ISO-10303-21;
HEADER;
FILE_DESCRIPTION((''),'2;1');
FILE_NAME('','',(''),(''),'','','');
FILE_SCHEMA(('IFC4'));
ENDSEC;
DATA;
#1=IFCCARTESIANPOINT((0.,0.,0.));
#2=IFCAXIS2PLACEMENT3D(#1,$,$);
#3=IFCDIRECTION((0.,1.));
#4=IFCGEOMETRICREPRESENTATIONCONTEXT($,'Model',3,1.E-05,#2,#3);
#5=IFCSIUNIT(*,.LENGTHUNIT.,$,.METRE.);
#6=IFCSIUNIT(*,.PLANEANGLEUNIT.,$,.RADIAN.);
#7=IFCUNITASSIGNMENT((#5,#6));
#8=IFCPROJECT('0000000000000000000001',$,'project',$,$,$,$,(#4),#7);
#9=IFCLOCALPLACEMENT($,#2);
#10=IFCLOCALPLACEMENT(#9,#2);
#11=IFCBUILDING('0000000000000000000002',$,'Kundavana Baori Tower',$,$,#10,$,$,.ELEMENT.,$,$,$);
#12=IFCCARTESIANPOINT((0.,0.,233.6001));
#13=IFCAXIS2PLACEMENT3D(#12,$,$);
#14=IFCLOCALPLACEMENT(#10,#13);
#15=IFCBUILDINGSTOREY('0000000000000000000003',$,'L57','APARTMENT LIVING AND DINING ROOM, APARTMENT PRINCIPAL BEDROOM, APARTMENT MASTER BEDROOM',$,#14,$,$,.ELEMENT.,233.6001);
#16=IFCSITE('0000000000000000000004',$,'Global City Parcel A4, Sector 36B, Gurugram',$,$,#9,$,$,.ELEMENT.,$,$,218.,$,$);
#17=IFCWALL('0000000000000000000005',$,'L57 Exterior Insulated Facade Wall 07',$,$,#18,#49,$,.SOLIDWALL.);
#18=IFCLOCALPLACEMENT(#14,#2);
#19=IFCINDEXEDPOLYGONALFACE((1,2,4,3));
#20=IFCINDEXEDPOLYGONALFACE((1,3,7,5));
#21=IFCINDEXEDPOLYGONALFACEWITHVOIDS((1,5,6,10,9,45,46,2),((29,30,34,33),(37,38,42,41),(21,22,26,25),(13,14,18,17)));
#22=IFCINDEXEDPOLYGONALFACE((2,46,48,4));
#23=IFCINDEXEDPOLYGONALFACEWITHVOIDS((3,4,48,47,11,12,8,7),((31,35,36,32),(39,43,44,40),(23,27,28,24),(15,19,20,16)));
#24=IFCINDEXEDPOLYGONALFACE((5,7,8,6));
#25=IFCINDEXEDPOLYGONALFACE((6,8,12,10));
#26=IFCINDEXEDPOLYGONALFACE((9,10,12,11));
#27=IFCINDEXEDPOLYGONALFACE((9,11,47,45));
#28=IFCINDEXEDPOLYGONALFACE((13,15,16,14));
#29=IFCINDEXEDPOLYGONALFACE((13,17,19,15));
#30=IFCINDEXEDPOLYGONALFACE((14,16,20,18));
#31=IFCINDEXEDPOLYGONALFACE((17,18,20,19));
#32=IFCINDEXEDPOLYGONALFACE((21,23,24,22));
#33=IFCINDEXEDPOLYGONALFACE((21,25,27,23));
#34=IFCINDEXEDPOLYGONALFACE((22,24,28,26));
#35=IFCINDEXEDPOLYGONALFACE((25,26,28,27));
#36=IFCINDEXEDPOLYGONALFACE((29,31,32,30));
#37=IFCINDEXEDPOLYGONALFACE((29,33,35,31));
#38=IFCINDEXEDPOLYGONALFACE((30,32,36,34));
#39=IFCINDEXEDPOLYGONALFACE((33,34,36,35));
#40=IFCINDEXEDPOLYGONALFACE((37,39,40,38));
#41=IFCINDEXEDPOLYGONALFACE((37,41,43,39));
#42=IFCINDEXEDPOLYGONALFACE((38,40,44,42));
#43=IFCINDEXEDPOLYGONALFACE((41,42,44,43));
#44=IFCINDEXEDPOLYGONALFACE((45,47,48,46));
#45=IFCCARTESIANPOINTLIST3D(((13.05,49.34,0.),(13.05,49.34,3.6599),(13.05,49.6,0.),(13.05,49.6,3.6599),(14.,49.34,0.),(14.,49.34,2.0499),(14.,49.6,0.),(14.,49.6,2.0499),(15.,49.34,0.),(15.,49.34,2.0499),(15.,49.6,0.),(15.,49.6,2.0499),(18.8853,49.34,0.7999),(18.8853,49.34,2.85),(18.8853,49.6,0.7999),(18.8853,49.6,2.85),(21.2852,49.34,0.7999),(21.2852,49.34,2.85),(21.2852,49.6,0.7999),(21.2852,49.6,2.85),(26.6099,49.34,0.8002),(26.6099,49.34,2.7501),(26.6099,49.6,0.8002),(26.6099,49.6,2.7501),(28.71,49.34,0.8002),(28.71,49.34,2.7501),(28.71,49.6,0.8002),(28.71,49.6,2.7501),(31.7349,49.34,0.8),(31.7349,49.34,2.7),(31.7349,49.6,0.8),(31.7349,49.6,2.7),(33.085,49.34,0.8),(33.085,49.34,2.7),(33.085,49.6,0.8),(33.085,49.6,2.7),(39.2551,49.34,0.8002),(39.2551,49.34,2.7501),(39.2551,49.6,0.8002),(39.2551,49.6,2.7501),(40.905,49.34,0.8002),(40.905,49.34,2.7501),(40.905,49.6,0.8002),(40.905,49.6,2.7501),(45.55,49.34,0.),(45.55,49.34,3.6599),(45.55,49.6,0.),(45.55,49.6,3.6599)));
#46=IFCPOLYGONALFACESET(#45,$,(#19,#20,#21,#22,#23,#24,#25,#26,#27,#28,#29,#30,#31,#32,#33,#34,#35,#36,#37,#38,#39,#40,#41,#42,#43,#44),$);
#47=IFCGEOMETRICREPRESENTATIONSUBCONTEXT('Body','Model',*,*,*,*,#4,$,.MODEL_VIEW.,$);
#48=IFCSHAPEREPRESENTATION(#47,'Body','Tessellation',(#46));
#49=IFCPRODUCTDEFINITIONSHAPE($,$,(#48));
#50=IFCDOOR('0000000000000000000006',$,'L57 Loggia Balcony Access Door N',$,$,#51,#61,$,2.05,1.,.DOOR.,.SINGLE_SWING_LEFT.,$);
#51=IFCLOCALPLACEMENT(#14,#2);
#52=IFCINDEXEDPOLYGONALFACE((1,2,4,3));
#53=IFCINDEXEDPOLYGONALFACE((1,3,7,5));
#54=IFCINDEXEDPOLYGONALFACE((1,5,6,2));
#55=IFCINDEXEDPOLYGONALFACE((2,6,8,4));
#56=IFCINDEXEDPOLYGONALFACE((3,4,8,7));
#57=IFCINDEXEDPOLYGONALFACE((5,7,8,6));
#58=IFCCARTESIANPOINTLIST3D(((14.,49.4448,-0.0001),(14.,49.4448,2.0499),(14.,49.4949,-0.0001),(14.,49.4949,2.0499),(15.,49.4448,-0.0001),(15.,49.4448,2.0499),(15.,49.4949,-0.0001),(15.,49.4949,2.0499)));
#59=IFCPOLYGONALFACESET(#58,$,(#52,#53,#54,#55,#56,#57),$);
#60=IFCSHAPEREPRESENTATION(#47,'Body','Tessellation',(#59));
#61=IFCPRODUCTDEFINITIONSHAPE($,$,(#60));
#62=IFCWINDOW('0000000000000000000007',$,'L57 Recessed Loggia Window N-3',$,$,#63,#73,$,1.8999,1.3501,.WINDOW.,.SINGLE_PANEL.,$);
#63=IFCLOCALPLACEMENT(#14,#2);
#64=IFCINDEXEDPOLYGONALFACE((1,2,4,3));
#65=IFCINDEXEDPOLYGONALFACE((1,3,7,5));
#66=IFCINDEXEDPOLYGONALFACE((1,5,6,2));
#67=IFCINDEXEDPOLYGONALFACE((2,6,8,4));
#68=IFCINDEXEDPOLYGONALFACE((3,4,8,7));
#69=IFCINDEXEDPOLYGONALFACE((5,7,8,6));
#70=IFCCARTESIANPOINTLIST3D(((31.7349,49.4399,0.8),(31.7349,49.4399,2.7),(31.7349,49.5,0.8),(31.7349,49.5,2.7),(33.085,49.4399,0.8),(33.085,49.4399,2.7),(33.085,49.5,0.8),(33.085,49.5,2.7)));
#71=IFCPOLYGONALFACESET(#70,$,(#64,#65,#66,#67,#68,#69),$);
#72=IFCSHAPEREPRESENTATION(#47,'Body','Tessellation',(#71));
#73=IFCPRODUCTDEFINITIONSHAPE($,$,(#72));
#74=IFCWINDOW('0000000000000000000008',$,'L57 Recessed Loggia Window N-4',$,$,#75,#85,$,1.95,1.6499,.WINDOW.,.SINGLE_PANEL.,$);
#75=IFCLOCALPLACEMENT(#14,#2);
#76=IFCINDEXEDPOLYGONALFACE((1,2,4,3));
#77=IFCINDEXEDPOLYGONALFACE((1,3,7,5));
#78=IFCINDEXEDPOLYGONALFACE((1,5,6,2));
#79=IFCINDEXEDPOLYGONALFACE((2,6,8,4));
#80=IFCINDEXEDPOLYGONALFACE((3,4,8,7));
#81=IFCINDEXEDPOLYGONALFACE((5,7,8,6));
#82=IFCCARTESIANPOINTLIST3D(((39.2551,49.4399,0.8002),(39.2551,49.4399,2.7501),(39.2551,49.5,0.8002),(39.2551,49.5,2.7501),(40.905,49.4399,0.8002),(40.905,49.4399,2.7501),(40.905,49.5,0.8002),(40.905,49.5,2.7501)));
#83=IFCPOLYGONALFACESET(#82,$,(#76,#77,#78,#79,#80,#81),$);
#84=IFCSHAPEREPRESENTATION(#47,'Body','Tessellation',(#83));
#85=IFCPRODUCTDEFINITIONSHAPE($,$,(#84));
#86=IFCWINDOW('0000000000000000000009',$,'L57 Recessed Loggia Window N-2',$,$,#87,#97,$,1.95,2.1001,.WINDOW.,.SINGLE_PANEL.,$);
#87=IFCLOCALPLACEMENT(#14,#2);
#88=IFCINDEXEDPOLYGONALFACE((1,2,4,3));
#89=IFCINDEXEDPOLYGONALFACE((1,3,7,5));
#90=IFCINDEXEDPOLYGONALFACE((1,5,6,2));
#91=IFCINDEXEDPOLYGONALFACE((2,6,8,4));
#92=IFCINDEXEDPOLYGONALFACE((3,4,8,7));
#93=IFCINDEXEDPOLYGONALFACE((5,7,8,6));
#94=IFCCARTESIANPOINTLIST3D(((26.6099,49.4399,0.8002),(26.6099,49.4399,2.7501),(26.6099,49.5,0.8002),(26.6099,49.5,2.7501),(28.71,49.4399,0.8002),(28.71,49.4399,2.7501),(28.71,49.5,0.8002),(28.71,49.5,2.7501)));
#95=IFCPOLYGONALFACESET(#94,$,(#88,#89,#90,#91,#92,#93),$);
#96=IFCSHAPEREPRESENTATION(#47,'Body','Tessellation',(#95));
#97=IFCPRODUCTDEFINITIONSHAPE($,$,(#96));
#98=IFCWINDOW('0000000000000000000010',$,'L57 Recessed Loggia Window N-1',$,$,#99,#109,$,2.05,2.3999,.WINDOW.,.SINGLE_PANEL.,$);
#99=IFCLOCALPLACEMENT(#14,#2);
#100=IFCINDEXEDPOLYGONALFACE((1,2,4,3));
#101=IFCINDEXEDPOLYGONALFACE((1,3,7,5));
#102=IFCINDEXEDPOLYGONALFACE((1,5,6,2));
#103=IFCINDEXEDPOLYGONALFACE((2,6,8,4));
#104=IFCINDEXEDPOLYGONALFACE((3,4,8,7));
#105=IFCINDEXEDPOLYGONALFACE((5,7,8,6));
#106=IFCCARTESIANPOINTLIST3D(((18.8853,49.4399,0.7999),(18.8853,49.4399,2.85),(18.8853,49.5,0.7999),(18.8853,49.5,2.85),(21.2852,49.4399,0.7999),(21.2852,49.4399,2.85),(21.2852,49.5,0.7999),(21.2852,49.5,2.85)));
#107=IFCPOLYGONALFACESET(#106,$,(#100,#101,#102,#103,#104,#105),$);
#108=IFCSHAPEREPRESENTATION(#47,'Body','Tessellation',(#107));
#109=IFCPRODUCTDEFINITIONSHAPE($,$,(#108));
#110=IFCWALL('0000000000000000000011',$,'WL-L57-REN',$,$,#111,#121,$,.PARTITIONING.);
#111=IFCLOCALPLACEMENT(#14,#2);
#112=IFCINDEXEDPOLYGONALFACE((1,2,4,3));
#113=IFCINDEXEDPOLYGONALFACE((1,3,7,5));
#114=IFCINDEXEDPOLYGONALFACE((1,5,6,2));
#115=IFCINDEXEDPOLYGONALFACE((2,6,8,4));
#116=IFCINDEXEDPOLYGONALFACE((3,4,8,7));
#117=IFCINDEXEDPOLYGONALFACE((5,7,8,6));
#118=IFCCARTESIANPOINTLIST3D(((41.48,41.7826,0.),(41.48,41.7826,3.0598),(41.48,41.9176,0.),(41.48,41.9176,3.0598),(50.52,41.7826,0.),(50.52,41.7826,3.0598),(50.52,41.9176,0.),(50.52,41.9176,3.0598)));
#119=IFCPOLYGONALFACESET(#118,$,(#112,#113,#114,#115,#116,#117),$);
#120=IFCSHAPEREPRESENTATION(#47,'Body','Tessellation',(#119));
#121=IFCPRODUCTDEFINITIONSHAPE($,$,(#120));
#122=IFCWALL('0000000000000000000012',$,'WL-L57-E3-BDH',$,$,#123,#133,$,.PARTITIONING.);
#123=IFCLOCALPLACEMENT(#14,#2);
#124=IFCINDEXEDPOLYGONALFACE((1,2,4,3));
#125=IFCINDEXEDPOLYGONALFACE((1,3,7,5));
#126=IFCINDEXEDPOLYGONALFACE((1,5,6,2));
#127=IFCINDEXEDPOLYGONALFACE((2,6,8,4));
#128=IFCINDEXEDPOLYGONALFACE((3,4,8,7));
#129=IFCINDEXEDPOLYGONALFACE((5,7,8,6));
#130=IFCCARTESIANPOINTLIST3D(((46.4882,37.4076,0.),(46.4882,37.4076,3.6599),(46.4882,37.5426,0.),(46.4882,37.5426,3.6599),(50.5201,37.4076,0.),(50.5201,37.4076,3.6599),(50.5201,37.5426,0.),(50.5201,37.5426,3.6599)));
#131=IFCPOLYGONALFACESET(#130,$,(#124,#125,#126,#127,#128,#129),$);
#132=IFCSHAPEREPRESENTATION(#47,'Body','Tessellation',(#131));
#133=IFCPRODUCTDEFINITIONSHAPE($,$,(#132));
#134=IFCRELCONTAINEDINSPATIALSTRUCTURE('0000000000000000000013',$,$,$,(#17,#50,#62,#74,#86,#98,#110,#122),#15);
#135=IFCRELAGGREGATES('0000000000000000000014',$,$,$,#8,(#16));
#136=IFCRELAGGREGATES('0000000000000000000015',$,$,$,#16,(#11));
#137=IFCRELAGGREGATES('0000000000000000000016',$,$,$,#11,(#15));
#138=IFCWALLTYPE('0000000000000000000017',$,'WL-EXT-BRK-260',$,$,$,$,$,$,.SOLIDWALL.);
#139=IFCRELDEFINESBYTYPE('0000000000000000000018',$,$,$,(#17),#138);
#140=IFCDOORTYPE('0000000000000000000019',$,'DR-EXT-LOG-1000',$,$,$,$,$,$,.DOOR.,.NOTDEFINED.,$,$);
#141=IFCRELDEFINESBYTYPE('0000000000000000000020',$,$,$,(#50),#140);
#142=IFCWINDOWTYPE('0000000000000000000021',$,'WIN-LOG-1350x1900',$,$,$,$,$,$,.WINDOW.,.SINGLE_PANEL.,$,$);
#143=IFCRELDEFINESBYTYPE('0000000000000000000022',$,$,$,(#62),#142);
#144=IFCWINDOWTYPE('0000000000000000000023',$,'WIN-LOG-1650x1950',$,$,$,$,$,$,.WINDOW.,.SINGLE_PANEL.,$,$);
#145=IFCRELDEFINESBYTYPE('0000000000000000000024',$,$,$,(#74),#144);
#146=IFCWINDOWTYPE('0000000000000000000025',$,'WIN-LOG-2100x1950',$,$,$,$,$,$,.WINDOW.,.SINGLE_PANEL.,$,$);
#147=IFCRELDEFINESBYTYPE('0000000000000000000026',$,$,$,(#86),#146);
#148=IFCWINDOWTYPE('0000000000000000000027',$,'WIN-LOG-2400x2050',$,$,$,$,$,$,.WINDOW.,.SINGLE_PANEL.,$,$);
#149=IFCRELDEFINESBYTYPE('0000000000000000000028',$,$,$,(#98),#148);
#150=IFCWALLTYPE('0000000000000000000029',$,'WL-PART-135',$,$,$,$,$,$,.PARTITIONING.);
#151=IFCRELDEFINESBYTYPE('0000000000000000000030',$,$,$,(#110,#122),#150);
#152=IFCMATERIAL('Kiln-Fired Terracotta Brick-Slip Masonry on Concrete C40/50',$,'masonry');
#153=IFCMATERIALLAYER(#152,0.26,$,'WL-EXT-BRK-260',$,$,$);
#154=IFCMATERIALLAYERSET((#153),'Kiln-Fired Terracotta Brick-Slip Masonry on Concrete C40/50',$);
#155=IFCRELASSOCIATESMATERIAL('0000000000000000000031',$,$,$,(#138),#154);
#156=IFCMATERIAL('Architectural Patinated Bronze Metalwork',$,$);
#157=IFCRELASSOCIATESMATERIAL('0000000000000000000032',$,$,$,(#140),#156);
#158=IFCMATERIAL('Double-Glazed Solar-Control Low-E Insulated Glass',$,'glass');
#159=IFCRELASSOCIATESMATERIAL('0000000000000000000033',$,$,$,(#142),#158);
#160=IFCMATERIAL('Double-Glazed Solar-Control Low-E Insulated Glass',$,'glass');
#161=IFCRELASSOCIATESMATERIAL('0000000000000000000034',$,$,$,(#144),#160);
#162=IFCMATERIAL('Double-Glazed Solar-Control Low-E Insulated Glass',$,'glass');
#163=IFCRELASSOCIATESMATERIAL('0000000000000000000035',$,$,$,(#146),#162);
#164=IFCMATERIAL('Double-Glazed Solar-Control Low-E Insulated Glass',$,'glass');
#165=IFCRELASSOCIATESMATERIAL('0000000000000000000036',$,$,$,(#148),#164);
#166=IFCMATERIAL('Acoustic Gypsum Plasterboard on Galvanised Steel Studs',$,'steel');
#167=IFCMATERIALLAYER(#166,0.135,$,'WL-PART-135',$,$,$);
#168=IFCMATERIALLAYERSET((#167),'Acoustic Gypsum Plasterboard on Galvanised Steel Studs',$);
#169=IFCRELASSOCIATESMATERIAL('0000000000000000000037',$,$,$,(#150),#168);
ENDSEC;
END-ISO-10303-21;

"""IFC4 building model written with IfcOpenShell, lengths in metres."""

from ifc_helpers import new_model, si_unit, direction, frame, frame_2d, origin, place, context, subcontext, project, spatial, rectangle, extrude, material, layer, layer_set, type_object, element, fill, save


model = new_model("IFC4")

# Units and contexts
model_context = context("Model", 3, precision=1e-05, world=origin(), true_north=direction((0.0, 1.0)))
body_context = subcontext(model_context, "Body", "Model", "MODEL_VIEW")
ifc_project = project(units=[si_unit("LENGTHUNIT", "METRE"), si_unit("PLANEANGLEUNIT", "RADIAN")], contexts=[model_context])

# Site, building, storey
site_placement = place(None, origin())
site = spatial("IfcSite", under=ifc_project, at=site_placement, Name="Global City Parcel A4, Sector 36B, Gurugram", CompositionType="ELEMENT", RefElevation=218.0)
building_placement = place(site_placement, origin())
building = spatial("IfcBuilding", under=site, at=building_placement, Name="Kundavana Baori Tower", CompositionType="ELEMENT")
storey_placement = place(building_placement, frame((0.0, 0.0, 233.6001)))
storey = spatial("IfcBuildingStorey", under=building, at=storey_placement, Name="L57", Description="APARTMENT LIVING AND DINING ROOM, APARTMENT PRINCIPAL BEDROOM, APARTMENT MASTER BEDROOM", CompositionType="ELEMENT", Elevation=233.6001)

# Shared definitions
ifc_material_1 = material(Name="Kiln-Fired Terracotta Brick-Slip Masonry on Concrete C40/50", Category="masonry")
ifc_layer_1 = layer(ifc_material_1, 0.26, Name="WL-EXT-BRK-260")
ifc_layer_set_1 = layer_set([ifc_layer_1], Name="Kiln-Fired Terracotta Brick-Slip Masonry on Concrete C40/50")
wall_type_1 = type_object("IfcWallType", Name="WL-EXT-BRK-260", PredefinedType="SOLIDWALL", material=ifc_layer_set_1)

# Wall, openings, door, windows
wall_1_placement = place(storey_placement, frame((45.55, 49.47, 0.0), z_axis=(0.0, 0.0, 1.0), x_axis=(-1.0, 0.0, 0.0)))
wall_1 = element("IfcWall", 1, at=wall_1_placement, inside=storey, type_object=wall_type_1, Name="L57 Exterior Insulated Facade Wall 07", PredefinedType="SOLIDWALL", context=body_context, shape_type="SweptSolid", body=[
    extrude(rectangle(XDim=32.5, YDim=0.26, at=frame_2d((16.25, 0.0))), origin(), (0.0, 0.0, 1.0), 3.6599),
])
opening_1_placement = place(wall_1_placement, frame((30.55, 0.0, 0.0)))
opening_1 = element("IfcOpeningElement", 2, at=opening_1_placement, cuts=wall_1, PredefinedType="OPENING", context=body_context, shape_type="SweptSolid", body=[
    extrude(rectangle(XDim=1.0, YDim=2.05, at=frame_2d((0.5, 1.0249))), frame((0.0, 0.1401, 0.0), z_axis=(0.0, -1.0, 0.0), x_axis=(1.0, 0.0, 0.0)), (0.0, 0.0, 1.0), 0.28),
])
opening_2_placement = place(wall_1_placement, frame((24.2649, 0.0, 0.8)))
opening_2 = element("IfcOpeningElement", 3, at=opening_2_placement, cuts=wall_1, PredefinedType="OPENING", context=body_context, shape_type="SweptSolid", body=[
    extrude(rectangle(XDim=2.3999, YDim=2.05, at=frame_2d((1.2, 1.0249))), frame((0.0, 0.1401, 0.0), z_axis=(0.0, -1.0, 0.0), x_axis=(1.0, 0.0, 0.0)), (0.0, 0.0, 1.0), 0.28),
])
opening_3_placement = place(wall_1_placement, frame((16.8401, 0.0, 0.8)))
opening_3 = element("IfcOpeningElement", 4, at=opening_3_placement, cuts=wall_1, PredefinedType="OPENING", context=body_context, shape_type="SweptSolid", body=[
    extrude(rectangle(XDim=2.1001, YDim=1.95, at=frame_2d((1.05, 0.9751))), frame((0.0, 0.1401, 0.0), z_axis=(0.0, -1.0, 0.0), x_axis=(1.0, 0.0, 0.0)), (0.0, 0.0, 1.0), 0.28),
])
opening_4_placement = place(wall_1_placement, frame((12.4651, 0.0, 0.8)))
opening_4 = element("IfcOpeningElement", 5, at=opening_4_placement, cuts=wall_1, PredefinedType="OPENING", context=body_context, shape_type="SweptSolid", body=[
    extrude(rectangle(XDim=1.3501, YDim=1.8999, at=frame_2d((0.675, 0.95))), frame((0.0, 0.1401, 0.0), z_axis=(0.0, -1.0, 0.0), x_axis=(1.0, 0.0, 0.0)), (0.0, 0.0, 1.0), 0.28),
])
opening_5_placement = place(wall_1_placement, frame((4.645, 0.0, 0.8)))
opening_5 = element("IfcOpeningElement", 6, at=opening_5_placement, cuts=wall_1, PredefinedType="OPENING", context=body_context, shape_type="SweptSolid", body=[
    extrude(rectangle(XDim=1.6499, YDim=1.95, at=frame_2d((0.825, 0.9751))), frame((0.0, 0.1401, 0.0), z_axis=(0.0, -1.0, 0.0), x_axis=(1.0, 0.0, 0.0)), (0.0, 0.0, 1.0), 0.28),
])
ifc_material_2 = material(Name="Architectural Patinated Bronze Metalwork")
door_type_1 = type_object("IfcDoorType", Name="DR-EXT-LOG-1000", OperationType="NOTDEFINED", PredefinedType="DOOR", material=ifc_material_2)
door_1_placement = place(opening_1_placement, frame((1.0, 0.0, 0.0), z_axis=(0.0, 0.0, 1.0), x_axis=(-1.0, 0.0, 0.0)))
door_1 = element("IfcDoor", 7, at=door_1_placement, inside=storey, type_object=door_type_1, Name="L57 Loggia Balcony Access Door N", OperationType="SINGLE_SWING_LEFT", OverallHeight=2.05, OverallWidth=1.0, PredefinedType="DOOR", context=body_context, shape_type="SweptSolid", body=[
    extrude(rectangle(XDim=1.0, YDim=2.05, at=frame_2d((0.5, 1.0249))), frame((0.0, 0.0249, 0.0), z_axis=(0.0, -1.0, 0.0), x_axis=(1.0, 0.0, 0.0)), (0.0, 0.0, 1.0), 0.05),
])
fill(opening_1, door_1)
ifc_material_3 = material(Name="Double-Glazed Solar-Control Low-E Insulated Glass", Category="glass")
window_type_1 = type_object("IfcWindowType", Name="WIN-LOG-1350x1900", PartitioningType="SINGLE_PANEL", PredefinedType="WINDOW", material=ifc_material_3)
window_1_placement = place(opening_4_placement, origin())
window_1 = element("IfcWindow", 8, at=window_1_placement, inside=storey, type_object=window_type_1, Name="L57 Recessed Loggia Window N-3", OverallHeight=1.8999, OverallWidth=1.3501, PartitioningType="SINGLE_PANEL", PredefinedType="WINDOW", context=body_context, shape_type="SweptSolid", body=[
    extrude(rectangle(XDim=1.3501, YDim=1.8999, at=frame_2d((0.675, 0.95))), frame((0.0, 0.03, 0.0), z_axis=(0.0, -1.0, 0.0), x_axis=(1.0, 0.0, 0.0)), (0.0, 0.0, 1.0), 0.0601),
])
fill(opening_4, window_1)
ifc_material_4 = material(Name="Double-Glazed Solar-Control Low-E Insulated Glass", Category="glass")
window_type_2 = type_object("IfcWindowType", Name="WIN-LOG-1650x1950", PartitioningType="SINGLE_PANEL", PredefinedType="WINDOW", material=ifc_material_4)
window_2_placement = place(opening_5_placement, origin())
window_2 = element("IfcWindow", 9, at=window_2_placement, inside=storey, type_object=window_type_2, Name="L57 Recessed Loggia Window N-4", OverallHeight=1.95, OverallWidth=1.6499, PartitioningType="SINGLE_PANEL", PredefinedType="WINDOW", context=body_context, shape_type="SweptSolid", body=[
    extrude(rectangle(XDim=1.6499, YDim=1.95, at=frame_2d((0.825, 0.9751))), frame((0.0, 0.03, 0.0), z_axis=(0.0, -1.0, 0.0), x_axis=(1.0, 0.0, 0.0)), (0.0, 0.0, 1.0), 0.0601),
])
fill(opening_5, window_2)
ifc_material_5 = material(Name="Double-Glazed Solar-Control Low-E Insulated Glass", Category="glass")
window_type_3 = type_object("IfcWindowType", Name="WIN-LOG-2100x1950", PartitioningType="SINGLE_PANEL", PredefinedType="WINDOW", material=ifc_material_5)
window_3_placement = place(opening_3_placement, origin())
window_3 = element("IfcWindow", 10, at=window_3_placement, inside=storey, type_object=window_type_3, Name="L57 Recessed Loggia Window N-2", OverallHeight=1.95, OverallWidth=2.1001, PartitioningType="SINGLE_PANEL", PredefinedType="WINDOW", context=body_context, shape_type="SweptSolid", body=[
    extrude(rectangle(XDim=2.1001, YDim=1.95, at=frame_2d((1.05, 0.9751))), frame((0.0, 0.03, 0.0), z_axis=(0.0, -1.0, 0.0), x_axis=(1.0, 0.0, 0.0)), (0.0, 0.0, 1.0), 0.0601),
])
fill(opening_3, window_3)
ifc_material_6 = material(Name="Double-Glazed Solar-Control Low-E Insulated Glass", Category="glass")
window_type_4 = type_object("IfcWindowType", Name="WIN-LOG-2400x2050", PartitioningType="SINGLE_PANEL", PredefinedType="WINDOW", material=ifc_material_6)
window_4_placement = place(opening_2_placement, origin())
window_4 = element("IfcWindow", 11, at=window_4_placement, inside=storey, type_object=window_type_4, Name="L57 Recessed Loggia Window N-1", OverallHeight=2.05, OverallWidth=2.3999, PartitioningType="SINGLE_PANEL", PredefinedType="WINDOW", context=body_context, shape_type="SweptSolid", body=[
    extrude(rectangle(XDim=2.3999, YDim=2.05, at=frame_2d((1.2, 1.0249))), frame((0.0, 0.03, 0.0), z_axis=(0.0, -1.0, 0.0), x_axis=(1.0, 0.0, 0.0)), (0.0, 0.0, 1.0), 0.0601),
])
fill(opening_2, window_4)

# Walls
ifc_material_7 = material(Name="Acoustic Gypsum Plasterboard on Galvanised Steel Studs", Category="steel")
ifc_layer_2 = layer(ifc_material_7, 0.135, Name="WL-PART-135")
ifc_layer_set_2 = layer_set([ifc_layer_2], Name="Acoustic Gypsum Plasterboard on Galvanised Steel Studs")
wall_type_2 = type_object("IfcWallType", Name="WL-PART-135", PredefinedType="PARTITIONING", material=ifc_layer_set_2)
wall_2_placement = place(storey_placement, frame((41.48, 41.8501, 0.0), z_axis=(0.0, 0.0, 1.0), x_axis=(1.0, 0.0, 0.0)))
element("IfcWall", 12, at=wall_2_placement, inside=storey, type_object=wall_type_2, Name="WL-L57-REN", PredefinedType="PARTITIONING", context=body_context, shape_type="SweptSolid", body=[
    extrude(rectangle(XDim=9.04, YDim=0.135, at=frame_2d((4.52, 0.0))), origin(), (0.0, 0.0, 1.0), 3.0598),
])
wall_3_placement = place(storey_placement, frame((46.488, 37.4751, 0.0), z_axis=(0.0, 0.0, 1.0), x_axis=(1.0, 0.0, 0.0)))
element("IfcWall", 13, at=wall_3_placement, inside=storey, type_object=wall_type_2, Name="WL-L57-E3-BDH", PredefinedType="PARTITIONING", context=body_context, shape_type="SweptSolid", body=[
    extrude(rectangle(XDim=4.032, YDim=0.135, at=frame_2d((2.0161, 0.0))), origin(), (0.0, 0.0, 1.0), 3.6599),
])

save(model, "model.ifc")
